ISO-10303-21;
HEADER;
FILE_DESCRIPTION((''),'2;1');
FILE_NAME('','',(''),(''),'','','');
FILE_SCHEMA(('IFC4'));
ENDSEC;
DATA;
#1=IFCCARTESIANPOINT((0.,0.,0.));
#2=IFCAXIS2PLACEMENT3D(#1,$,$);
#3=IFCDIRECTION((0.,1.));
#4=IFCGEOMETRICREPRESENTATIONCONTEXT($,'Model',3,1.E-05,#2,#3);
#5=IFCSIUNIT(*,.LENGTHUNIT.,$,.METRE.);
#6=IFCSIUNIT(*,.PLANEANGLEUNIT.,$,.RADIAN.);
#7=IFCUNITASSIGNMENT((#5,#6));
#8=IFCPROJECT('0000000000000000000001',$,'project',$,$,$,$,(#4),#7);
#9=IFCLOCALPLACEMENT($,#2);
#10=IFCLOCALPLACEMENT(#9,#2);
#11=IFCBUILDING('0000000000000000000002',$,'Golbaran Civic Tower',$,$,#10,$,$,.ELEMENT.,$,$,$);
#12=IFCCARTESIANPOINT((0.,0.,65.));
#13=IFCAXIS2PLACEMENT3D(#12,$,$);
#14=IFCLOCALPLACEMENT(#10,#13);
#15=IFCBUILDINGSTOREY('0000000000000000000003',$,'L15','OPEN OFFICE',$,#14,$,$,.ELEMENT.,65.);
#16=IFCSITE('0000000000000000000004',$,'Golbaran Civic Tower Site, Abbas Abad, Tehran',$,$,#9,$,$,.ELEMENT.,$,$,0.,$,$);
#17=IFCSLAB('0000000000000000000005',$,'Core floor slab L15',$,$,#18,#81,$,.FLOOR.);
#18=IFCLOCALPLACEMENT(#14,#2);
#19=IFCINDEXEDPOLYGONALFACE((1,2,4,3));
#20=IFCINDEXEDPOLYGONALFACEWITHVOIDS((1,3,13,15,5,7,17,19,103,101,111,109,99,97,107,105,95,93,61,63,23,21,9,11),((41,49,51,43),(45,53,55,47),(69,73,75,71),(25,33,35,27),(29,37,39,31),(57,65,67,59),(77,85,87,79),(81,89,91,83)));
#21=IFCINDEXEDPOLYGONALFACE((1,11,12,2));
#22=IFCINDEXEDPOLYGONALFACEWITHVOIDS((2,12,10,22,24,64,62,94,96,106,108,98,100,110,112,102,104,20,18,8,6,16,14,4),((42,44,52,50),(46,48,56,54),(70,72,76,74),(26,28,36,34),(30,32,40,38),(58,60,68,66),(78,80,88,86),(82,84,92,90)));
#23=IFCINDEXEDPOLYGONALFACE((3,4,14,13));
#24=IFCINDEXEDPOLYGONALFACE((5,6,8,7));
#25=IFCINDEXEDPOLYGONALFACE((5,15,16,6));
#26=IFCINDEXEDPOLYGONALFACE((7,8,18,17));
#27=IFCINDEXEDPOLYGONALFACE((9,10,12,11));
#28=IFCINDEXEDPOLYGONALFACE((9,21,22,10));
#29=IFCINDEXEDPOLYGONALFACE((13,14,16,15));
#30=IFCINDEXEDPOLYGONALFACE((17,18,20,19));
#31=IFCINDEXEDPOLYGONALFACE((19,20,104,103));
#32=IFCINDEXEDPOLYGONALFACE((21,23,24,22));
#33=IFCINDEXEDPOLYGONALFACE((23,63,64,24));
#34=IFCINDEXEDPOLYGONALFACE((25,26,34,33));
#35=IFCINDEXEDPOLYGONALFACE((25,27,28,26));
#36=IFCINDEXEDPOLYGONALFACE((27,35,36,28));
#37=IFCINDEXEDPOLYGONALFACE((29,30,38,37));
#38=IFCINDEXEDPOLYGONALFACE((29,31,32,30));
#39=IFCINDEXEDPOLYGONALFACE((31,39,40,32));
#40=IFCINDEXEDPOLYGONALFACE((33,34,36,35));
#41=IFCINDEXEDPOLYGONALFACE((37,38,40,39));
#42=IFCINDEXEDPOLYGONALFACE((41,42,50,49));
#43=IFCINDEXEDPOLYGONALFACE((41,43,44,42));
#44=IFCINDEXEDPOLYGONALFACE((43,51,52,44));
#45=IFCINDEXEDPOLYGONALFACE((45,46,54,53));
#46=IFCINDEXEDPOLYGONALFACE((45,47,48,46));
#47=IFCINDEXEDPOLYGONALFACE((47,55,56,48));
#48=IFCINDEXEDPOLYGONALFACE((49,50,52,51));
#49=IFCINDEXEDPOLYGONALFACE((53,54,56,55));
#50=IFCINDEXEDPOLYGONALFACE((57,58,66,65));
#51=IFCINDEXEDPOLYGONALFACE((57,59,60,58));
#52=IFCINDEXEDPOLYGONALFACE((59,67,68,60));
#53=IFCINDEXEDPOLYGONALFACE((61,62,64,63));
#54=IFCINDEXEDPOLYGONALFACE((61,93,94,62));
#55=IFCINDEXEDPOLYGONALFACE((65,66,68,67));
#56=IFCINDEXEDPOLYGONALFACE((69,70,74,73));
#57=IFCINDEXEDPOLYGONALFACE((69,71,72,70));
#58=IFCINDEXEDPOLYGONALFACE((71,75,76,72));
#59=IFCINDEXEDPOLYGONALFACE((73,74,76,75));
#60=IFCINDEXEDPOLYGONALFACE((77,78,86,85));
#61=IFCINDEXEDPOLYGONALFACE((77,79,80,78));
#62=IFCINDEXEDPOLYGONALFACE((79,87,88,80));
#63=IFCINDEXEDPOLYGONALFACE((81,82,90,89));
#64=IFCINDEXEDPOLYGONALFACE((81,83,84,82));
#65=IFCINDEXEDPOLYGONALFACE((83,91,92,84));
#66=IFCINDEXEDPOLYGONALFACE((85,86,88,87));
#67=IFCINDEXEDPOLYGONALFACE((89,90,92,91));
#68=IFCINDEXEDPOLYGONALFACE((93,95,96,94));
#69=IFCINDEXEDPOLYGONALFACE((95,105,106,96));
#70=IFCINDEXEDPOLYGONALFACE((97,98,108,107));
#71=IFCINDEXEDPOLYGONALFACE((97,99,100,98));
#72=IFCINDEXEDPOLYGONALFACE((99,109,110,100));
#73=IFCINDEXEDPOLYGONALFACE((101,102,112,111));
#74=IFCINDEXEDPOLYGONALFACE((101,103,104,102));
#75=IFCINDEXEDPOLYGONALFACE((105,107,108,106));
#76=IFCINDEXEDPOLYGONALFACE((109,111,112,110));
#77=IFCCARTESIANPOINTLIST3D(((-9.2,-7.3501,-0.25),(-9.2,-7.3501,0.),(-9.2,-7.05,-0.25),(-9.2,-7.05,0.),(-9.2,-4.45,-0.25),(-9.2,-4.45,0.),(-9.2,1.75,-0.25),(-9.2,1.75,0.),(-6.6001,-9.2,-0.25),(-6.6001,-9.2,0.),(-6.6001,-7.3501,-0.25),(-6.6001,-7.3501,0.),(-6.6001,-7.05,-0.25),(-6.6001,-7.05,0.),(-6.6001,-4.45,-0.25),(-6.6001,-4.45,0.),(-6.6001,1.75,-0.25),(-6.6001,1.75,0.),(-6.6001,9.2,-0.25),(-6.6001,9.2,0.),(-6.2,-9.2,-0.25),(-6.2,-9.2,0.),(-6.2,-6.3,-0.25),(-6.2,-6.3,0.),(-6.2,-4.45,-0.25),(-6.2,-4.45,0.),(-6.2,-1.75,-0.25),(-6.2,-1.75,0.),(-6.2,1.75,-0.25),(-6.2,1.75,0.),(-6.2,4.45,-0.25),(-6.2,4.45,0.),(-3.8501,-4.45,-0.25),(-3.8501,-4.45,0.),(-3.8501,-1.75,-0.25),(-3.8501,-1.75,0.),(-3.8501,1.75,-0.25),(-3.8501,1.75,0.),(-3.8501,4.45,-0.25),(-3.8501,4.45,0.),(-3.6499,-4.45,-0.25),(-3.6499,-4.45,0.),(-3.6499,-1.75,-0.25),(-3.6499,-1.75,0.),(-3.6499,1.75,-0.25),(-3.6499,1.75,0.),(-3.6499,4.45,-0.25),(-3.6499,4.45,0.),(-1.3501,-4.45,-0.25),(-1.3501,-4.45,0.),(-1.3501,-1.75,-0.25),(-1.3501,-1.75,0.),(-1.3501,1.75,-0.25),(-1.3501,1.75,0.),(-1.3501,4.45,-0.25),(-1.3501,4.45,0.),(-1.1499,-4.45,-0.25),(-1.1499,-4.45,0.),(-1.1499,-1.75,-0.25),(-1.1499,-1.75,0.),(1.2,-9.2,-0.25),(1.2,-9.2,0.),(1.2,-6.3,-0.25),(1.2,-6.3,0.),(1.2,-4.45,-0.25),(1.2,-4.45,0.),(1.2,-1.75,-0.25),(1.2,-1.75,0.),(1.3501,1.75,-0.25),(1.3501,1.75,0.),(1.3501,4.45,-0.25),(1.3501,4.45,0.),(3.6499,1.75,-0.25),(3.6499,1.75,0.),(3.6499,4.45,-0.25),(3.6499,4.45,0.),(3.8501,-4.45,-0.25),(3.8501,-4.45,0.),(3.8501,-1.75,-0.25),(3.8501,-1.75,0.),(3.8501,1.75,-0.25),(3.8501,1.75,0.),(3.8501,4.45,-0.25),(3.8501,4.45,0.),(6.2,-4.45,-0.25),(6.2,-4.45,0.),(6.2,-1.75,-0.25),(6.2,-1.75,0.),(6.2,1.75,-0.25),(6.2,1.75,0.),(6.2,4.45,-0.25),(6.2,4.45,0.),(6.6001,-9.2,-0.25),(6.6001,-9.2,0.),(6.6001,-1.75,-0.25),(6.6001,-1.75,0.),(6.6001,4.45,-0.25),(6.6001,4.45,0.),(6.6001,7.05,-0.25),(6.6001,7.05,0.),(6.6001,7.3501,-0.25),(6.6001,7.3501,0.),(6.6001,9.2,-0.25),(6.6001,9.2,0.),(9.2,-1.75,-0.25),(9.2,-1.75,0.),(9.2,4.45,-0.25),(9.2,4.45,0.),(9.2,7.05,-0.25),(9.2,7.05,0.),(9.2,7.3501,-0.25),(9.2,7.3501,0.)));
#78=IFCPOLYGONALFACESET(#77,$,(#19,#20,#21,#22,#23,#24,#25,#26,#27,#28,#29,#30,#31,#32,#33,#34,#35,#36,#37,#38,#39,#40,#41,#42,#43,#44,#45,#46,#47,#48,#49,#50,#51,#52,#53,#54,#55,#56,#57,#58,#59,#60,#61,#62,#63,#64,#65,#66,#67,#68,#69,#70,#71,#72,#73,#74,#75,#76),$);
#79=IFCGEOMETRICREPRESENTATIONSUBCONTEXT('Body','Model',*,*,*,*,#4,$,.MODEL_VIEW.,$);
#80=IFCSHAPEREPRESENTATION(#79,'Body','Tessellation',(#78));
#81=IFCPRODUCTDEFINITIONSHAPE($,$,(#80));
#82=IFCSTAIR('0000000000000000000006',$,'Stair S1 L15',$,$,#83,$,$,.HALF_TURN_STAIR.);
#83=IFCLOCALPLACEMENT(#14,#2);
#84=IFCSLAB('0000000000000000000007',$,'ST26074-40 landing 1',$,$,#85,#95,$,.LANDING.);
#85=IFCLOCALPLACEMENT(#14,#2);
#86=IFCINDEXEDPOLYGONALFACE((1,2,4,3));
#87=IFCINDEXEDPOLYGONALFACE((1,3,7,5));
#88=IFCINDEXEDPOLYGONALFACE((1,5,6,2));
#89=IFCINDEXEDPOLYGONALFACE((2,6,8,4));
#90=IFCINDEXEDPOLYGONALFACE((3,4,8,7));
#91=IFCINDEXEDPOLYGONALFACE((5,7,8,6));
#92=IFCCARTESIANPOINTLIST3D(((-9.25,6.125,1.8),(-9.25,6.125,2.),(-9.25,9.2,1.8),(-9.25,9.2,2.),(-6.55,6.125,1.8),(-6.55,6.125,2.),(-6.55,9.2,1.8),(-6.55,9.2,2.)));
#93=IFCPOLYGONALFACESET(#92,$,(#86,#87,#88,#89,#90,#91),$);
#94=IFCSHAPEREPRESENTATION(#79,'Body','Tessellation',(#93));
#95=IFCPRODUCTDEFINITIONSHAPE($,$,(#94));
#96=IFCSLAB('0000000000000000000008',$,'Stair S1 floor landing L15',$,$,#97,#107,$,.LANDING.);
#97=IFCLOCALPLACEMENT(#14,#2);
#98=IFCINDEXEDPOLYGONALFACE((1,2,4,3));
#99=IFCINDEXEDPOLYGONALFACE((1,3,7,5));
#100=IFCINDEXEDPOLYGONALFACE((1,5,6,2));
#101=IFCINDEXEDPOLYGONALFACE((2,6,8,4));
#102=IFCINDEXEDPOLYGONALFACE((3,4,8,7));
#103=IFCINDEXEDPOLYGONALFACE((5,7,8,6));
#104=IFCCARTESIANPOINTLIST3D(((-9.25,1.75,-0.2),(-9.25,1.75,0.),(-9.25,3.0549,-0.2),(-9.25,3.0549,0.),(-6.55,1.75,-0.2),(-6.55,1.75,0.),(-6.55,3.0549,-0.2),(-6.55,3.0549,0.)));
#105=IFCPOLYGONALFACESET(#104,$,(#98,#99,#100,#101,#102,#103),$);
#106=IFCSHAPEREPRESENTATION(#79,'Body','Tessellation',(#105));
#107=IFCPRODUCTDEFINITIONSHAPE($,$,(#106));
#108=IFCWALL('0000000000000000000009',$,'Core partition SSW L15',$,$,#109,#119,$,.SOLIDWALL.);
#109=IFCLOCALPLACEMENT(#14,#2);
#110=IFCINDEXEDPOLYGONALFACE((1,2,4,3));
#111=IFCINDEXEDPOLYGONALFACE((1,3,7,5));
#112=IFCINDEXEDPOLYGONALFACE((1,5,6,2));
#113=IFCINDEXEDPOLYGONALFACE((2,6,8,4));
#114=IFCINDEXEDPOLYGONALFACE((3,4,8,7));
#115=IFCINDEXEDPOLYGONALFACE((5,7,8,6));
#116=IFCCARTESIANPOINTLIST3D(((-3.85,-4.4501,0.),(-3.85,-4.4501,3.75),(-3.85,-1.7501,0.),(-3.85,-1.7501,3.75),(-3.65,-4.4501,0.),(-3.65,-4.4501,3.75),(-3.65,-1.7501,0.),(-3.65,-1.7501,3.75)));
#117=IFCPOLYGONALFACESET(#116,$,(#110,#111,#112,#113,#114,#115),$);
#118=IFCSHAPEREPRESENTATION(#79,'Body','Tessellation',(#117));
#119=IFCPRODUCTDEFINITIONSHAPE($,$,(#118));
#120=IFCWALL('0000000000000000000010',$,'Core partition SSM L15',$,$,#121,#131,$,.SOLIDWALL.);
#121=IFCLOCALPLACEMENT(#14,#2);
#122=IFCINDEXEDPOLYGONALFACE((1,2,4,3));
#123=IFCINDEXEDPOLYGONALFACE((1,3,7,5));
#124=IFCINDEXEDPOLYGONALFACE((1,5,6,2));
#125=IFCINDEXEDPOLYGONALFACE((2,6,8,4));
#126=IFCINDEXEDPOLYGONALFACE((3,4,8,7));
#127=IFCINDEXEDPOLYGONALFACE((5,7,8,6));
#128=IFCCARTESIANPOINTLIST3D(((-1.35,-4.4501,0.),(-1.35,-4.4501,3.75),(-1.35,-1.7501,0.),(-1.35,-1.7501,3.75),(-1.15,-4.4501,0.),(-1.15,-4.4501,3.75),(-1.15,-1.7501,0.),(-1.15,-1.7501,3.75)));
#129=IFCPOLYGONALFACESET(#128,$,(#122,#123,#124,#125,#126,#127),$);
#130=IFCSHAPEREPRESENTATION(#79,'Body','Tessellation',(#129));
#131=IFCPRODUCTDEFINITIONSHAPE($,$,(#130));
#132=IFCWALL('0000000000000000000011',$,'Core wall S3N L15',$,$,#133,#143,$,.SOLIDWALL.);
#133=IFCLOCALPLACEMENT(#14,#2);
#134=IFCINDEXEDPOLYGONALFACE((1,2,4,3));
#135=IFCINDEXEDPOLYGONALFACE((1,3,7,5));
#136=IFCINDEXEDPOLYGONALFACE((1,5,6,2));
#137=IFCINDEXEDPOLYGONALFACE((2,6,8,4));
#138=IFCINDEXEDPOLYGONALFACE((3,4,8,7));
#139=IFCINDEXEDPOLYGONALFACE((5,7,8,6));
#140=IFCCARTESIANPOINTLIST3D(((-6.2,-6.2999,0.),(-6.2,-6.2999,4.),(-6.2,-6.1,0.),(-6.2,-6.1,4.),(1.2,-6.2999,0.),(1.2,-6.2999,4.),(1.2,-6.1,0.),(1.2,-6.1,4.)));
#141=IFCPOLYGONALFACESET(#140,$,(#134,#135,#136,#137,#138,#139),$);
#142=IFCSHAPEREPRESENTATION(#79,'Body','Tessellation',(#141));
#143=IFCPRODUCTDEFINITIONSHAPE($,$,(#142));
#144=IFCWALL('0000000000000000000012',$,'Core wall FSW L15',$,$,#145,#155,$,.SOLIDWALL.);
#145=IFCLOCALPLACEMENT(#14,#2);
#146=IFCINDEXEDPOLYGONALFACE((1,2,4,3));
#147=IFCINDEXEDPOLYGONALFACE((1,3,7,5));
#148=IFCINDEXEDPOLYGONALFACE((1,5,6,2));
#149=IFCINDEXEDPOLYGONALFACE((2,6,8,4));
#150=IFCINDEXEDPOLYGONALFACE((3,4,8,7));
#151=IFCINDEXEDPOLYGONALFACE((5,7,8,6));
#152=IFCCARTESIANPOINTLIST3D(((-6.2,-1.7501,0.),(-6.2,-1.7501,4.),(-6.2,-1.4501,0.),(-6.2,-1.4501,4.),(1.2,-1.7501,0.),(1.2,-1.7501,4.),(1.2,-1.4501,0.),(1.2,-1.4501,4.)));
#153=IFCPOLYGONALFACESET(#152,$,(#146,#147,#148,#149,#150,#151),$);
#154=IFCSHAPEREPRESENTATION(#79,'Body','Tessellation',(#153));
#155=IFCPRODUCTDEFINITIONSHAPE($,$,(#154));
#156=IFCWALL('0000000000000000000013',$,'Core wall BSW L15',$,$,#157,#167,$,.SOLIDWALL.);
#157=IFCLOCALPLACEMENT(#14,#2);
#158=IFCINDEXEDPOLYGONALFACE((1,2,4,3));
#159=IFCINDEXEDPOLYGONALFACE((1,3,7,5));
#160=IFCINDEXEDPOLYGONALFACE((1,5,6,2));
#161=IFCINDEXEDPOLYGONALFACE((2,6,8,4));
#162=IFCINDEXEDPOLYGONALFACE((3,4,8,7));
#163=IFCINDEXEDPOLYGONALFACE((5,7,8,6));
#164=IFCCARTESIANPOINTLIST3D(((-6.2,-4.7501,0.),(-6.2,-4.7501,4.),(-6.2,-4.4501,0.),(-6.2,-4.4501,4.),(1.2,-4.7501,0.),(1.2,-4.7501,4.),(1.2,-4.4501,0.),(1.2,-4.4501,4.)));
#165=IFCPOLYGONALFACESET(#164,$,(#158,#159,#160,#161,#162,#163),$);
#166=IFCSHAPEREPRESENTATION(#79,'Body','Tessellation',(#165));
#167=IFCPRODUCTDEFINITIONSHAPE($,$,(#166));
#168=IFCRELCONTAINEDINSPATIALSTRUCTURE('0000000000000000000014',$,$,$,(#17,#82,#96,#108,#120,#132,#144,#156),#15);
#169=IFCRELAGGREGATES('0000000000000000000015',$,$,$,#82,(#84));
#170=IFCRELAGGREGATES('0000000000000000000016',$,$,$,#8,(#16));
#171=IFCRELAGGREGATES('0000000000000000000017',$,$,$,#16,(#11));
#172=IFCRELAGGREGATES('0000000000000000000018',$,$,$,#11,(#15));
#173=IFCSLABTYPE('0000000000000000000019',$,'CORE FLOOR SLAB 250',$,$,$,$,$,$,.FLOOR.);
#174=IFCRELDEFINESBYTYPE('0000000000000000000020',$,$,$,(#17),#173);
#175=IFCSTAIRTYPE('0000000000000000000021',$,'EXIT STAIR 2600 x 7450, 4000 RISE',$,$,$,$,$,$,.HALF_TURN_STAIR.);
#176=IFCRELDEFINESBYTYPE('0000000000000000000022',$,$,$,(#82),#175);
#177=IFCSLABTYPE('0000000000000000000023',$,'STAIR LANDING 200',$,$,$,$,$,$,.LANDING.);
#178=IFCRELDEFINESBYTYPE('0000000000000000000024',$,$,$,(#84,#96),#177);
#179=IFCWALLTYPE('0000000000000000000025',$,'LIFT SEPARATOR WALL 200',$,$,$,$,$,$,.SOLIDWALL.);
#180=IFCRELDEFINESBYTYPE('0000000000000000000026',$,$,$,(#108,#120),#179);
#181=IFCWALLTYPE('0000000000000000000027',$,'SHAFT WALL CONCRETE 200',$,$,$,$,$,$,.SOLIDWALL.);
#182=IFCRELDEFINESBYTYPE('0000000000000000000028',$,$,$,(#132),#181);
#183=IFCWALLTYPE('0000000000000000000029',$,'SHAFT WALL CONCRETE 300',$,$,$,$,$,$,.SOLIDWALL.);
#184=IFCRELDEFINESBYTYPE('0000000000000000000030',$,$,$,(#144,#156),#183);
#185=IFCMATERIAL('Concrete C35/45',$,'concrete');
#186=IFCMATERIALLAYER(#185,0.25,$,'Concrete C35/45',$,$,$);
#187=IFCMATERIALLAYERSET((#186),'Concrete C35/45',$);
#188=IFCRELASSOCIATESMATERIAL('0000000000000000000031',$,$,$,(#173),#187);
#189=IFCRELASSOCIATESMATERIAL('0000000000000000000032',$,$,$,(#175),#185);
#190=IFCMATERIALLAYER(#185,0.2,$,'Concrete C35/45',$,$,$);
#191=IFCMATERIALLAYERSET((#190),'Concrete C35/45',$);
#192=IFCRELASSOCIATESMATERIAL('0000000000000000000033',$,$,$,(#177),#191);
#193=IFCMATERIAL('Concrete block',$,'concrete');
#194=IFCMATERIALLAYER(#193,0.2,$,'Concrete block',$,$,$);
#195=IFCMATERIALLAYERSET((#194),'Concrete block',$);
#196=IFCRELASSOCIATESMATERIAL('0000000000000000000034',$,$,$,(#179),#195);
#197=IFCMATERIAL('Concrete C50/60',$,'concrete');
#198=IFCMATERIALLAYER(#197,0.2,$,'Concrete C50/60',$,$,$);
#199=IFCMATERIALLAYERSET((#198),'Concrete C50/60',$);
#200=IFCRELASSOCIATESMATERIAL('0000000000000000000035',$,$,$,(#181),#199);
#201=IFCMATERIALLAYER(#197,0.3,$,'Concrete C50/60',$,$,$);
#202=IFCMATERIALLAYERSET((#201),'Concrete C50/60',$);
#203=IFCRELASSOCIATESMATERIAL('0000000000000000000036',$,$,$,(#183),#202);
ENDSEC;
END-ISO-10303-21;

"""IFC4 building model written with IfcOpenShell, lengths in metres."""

from ifc_helpers import new_model, si_unit, direction, frame, frame_2d, origin, place, context, subcontext, project, spatial, polyline, rectangle, outline, extrude, material, layer, layer_set, type_object, element, aggregate, save


model = new_model("IFC4")

# Units and contexts
model_context = context("Model", 3, precision=1e-05, world=origin(), true_north=direction((0.0, 1.0)))
body_context = subcontext(model_context, "Body", "Model", "MODEL_VIEW")
ifc_project = project(units=[si_unit("LENGTHUNIT", "METRE"), si_unit("PLANEANGLEUNIT", "RADIAN")], contexts=[model_context])

# Site, building, storey
site_placement = place(None, origin())
site = spatial("IfcSite", under=ifc_project, at=site_placement, Name="Golbaran Civic Tower Site, Abbas Abad, Tehran", CompositionType="ELEMENT", RefElevation=0.0)
building_placement = place(site_placement, origin())
building = spatial("IfcBuilding", under=site, at=building_placement, Name="Golbaran Civic Tower", CompositionType="ELEMENT")
storey_placement = place(building_placement, frame((0.0, 0.0, 65.0)))
storey = spatial("IfcBuildingStorey", under=building, at=storey_placement, Name="L15", Description="OPEN OFFICE", CompositionType="ELEMENT", Elevation=65.0)

# Slab
ifc_material_1 = material(Name="Concrete C35/45", Category="concrete")
ifc_layer_1 = layer(ifc_material_1, 0.25, Name="Concrete C35/45")
ifc_layer_set_1 = layer_set([ifc_layer_1], Name="Concrete C35/45")
slab_type_1 = type_object("IfcSlabType", Name="CORE FLOOR SLAB 250", PredefinedType="FLOOR", material=ifc_layer_set_1)
slab_1_placement = place(storey_placement, frame((0.0, 0.0, -0.25)))
element("IfcSlab", 1, at=slab_1_placement, inside=storey, type_object=slab_type_1, Name="Core floor slab L15", PredefinedType="FLOOR", context=body_context, shape_type="SweptSolid", body=[
    extrude(outline(polyline([(6.6001, -1.75), (6.6001, -9.2), (1.2, -9.2), (1.2, -6.3), (-6.2, -6.3), (-6.2, -9.2), (-6.6001, -9.2), (-6.6001, -7.3501), (-9.2, -7.3501), (-9.2, -7.05), (-6.6001, -7.05), (-6.6001, -4.45), (-9.2, -4.45), (-9.2, 1.75), (-6.6001, 1.75), (-6.6001, 9.2), (6.6001, 9.2), (6.6001, 7.3501), (9.2, 7.3501), (9.2, 7.05), (6.6001, 7.05), (6.6001, 4.45), (9.2, 4.45), (9.2, -1.75), (6.6001, -1.75)]), holes=[polyline([(6.2, -1.75), (3.8501, -1.75), (3.8501, -4.45), (6.2, -4.45), (6.2, -1.75)]), polyline([(6.2, 4.45), (3.8501, 4.45), (3.8501, 1.75), (6.2, 1.75), (6.2, 4.45)]), polyline([(3.6499, 4.45), (1.3501, 4.45), (1.3501, 1.75), (3.6499, 1.75), (3.6499, 4.45)]), polyline([(1.2, -1.75), (-1.1499, -1.75), (-1.1499, -4.45), (1.2, -4.45), (1.2, -1.75)]), polyline([(-1.3501, 4.45), (-3.6499, 4.45), (-3.6499, 1.75), (-1.3501, 1.75), (-1.3501, 4.45)]), polyline([(-1.3501, -1.75), (-3.6499, -1.75), (-3.6499, -4.45), (-1.3501, -4.45), (-1.3501, -1.75)]), polyline([(-3.8501, -1.75), (-6.2, -1.75), (-6.2, -4.45), (-3.8501, -4.45), (-3.8501, -1.75)]), polyline([(-3.8501, 4.45), (-6.2, 4.45), (-6.2, 1.75), (-3.8501, 1.75), (-3.8501, 4.45)])]), origin(), (0.0, 0.0, 1.0), 0.25),
])

# Stair, slab
stair_type_1 = type_object("IfcStairType", Name="EXIT STAIR 2600 x 7450, 4000 RISE", PredefinedType="HALF_TURN_STAIR", material=ifc_material_1)
stair_1_placement = place(storey_placement, origin())
stair_1 = element("IfcStair", 2, at=stair_1_placement, inside=storey, type_object=stair_type_1, Name="Stair S1 L15", PredefinedType="HALF_TURN_STAIR")
ifc_layer_2 = layer(ifc_material_1, 0.2, Name="Concrete C35/45")
ifc_layer_set_2 = layer_set([ifc_layer_2], Name="Concrete C35/45")
slab_type_2 = type_object("IfcSlabType", Name="STAIR LANDING 200", PredefinedType="LANDING", material=ifc_layer_set_2)
slab_2_placement = place(storey_placement, frame((0.0, 0.0, 1.8)))
slab_2 = element("IfcSlab", 3, at=slab_2_placement, type_object=slab_type_2, Name="ST26074-40 landing 1", PredefinedType="LANDING", context=body_context, shape_type="SweptSolid", body=[
    extrude(outline(polyline([(-9.25, 6.125), (-9.25, 9.2), (-6.55, 9.2), (-6.55, 6.125), (-9.25, 6.125)])), origin(), (0.0, 0.0, 1.0), 0.2),
])
aggregate(stair_1, [slab_2])

# Slab
slab_3_placement = place(storey_placement, frame((0.0, 0.0, -0.2)))
element("IfcSlab", 4, at=slab_3_placement, inside=storey, type_object=slab_type_2, Name="Stair S1 floor landing L15", PredefinedType="LANDING", context=body_context, shape_type="SweptSolid", body=[
    extrude(outline(polyline([(-9.25, 1.75), (-9.25, 3.0549), (-6.55, 3.0549), (-6.55, 1.75), (-9.25, 1.75)])), origin(), (0.0, 0.0, 1.0), 0.2),
])

# Walls
ifc_material_2 = material(Name="Concrete block", Category="concrete")
ifc_layer_3 = layer(ifc_material_2, 0.2, Name="Concrete block")
ifc_layer_set_3 = layer_set([ifc_layer_3], Name="Concrete block")
wall_type_1 = type_object("IfcWallType", Name="LIFT SEPARATOR WALL 200", PredefinedType="SOLIDWALL", material=ifc_layer_set_3)
for number, where, z_axis, x_axis, name in (
    (5, (-3.75, -1.75, 0.0), (0.0, 0.0, 1.0), (0.0, -1.0, 0.0), "Core partition SSW L15"),
    (6, (-1.25, -1.75, 0.0), (0.0, 0.0, 1.0), (0.0, -1.0, 0.0), "Core partition SSM L15"),
):
    element("IfcWall", number, at=place(storey_placement, frame(where, z_axis=z_axis, x_axis=x_axis)), inside=storey, type_object=wall_type_1, Name=name, PredefinedType="SOLIDWALL", context=body_context, shape_type="SweptSolid", body=[
        extrude(rectangle(XDim=2.7, YDim=0.2, at=frame_2d((1.3501, 0.0))), origin(), (0.0, 0.0, 1.0), 3.75),
    ])
ifc_material_3 = material(Name="Concrete C50/60", Category="concrete")
ifc_layer_4 = layer(ifc_material_3, 0.2, Name="Concrete C50/60")
ifc_layer_set_4 = layer_set([ifc_layer_4], Name="Concrete C50/60")
wall_type_2 = type_object("IfcWallType", Name="SHAFT WALL CONCRETE 200", PredefinedType="SOLIDWALL", material=ifc_layer_set_4)
wall_1_placement = place(storey_placement, frame((-6.2, -6.2, 0.0), z_axis=(0.0, 0.0, 1.0), x_axis=(1.0, 0.0, 0.0)))
element("IfcWall", 7, at=wall_1_placement, inside=storey, type_object=wall_type_2, Name="Core wall S3N L15", PredefinedType="SOLIDWALL", context=body_context, shape_type="SweptSolid", body=[
    extrude(rectangle(XDim=7.3999, YDim=0.2, at=frame_2d((3.7, 0.0))), origin(), (0.0, 0.0, 1.0), 4.0),
])
ifc_layer_5 = layer(ifc_material_3, 0.3, Name="Concrete C50/60")
ifc_layer_set_5 = layer_set([ifc_layer_5], Name="Concrete C50/60")
wall_type_3 = type_object("IfcWallType", Name="SHAFT WALL CONCRETE 300", PredefinedType="SOLIDWALL", material=ifc_layer_set_5)
for number, where, z_axis, x_axis, name in (
    (8, (-6.2, -1.6001, 0.0), (0.0, 0.0, 1.0), (1.0, 0.0, 0.0), "Core wall FSW L15"),
    (9, (-6.2, -4.6001, 0.0), (0.0, 0.0, 1.0), (1.0, 0.0, 0.0), "Core wall BSW L15"),
):
    element("IfcWall", number, at=place(storey_placement, frame(where, z_axis=z_axis, x_axis=x_axis)), inside=storey, type_object=wall_type_3, Name=name, PredefinedType="SOLIDWALL", context=body_context, shape_type="SweptSolid", body=[
        extrude(rectangle(XDim=7.3999, YDim=0.3, at=frame_2d((3.7, 0.0))), origin(), (0.0, 0.0, 1.0), 4.0),
    ])

save(model, "model.ifc")
